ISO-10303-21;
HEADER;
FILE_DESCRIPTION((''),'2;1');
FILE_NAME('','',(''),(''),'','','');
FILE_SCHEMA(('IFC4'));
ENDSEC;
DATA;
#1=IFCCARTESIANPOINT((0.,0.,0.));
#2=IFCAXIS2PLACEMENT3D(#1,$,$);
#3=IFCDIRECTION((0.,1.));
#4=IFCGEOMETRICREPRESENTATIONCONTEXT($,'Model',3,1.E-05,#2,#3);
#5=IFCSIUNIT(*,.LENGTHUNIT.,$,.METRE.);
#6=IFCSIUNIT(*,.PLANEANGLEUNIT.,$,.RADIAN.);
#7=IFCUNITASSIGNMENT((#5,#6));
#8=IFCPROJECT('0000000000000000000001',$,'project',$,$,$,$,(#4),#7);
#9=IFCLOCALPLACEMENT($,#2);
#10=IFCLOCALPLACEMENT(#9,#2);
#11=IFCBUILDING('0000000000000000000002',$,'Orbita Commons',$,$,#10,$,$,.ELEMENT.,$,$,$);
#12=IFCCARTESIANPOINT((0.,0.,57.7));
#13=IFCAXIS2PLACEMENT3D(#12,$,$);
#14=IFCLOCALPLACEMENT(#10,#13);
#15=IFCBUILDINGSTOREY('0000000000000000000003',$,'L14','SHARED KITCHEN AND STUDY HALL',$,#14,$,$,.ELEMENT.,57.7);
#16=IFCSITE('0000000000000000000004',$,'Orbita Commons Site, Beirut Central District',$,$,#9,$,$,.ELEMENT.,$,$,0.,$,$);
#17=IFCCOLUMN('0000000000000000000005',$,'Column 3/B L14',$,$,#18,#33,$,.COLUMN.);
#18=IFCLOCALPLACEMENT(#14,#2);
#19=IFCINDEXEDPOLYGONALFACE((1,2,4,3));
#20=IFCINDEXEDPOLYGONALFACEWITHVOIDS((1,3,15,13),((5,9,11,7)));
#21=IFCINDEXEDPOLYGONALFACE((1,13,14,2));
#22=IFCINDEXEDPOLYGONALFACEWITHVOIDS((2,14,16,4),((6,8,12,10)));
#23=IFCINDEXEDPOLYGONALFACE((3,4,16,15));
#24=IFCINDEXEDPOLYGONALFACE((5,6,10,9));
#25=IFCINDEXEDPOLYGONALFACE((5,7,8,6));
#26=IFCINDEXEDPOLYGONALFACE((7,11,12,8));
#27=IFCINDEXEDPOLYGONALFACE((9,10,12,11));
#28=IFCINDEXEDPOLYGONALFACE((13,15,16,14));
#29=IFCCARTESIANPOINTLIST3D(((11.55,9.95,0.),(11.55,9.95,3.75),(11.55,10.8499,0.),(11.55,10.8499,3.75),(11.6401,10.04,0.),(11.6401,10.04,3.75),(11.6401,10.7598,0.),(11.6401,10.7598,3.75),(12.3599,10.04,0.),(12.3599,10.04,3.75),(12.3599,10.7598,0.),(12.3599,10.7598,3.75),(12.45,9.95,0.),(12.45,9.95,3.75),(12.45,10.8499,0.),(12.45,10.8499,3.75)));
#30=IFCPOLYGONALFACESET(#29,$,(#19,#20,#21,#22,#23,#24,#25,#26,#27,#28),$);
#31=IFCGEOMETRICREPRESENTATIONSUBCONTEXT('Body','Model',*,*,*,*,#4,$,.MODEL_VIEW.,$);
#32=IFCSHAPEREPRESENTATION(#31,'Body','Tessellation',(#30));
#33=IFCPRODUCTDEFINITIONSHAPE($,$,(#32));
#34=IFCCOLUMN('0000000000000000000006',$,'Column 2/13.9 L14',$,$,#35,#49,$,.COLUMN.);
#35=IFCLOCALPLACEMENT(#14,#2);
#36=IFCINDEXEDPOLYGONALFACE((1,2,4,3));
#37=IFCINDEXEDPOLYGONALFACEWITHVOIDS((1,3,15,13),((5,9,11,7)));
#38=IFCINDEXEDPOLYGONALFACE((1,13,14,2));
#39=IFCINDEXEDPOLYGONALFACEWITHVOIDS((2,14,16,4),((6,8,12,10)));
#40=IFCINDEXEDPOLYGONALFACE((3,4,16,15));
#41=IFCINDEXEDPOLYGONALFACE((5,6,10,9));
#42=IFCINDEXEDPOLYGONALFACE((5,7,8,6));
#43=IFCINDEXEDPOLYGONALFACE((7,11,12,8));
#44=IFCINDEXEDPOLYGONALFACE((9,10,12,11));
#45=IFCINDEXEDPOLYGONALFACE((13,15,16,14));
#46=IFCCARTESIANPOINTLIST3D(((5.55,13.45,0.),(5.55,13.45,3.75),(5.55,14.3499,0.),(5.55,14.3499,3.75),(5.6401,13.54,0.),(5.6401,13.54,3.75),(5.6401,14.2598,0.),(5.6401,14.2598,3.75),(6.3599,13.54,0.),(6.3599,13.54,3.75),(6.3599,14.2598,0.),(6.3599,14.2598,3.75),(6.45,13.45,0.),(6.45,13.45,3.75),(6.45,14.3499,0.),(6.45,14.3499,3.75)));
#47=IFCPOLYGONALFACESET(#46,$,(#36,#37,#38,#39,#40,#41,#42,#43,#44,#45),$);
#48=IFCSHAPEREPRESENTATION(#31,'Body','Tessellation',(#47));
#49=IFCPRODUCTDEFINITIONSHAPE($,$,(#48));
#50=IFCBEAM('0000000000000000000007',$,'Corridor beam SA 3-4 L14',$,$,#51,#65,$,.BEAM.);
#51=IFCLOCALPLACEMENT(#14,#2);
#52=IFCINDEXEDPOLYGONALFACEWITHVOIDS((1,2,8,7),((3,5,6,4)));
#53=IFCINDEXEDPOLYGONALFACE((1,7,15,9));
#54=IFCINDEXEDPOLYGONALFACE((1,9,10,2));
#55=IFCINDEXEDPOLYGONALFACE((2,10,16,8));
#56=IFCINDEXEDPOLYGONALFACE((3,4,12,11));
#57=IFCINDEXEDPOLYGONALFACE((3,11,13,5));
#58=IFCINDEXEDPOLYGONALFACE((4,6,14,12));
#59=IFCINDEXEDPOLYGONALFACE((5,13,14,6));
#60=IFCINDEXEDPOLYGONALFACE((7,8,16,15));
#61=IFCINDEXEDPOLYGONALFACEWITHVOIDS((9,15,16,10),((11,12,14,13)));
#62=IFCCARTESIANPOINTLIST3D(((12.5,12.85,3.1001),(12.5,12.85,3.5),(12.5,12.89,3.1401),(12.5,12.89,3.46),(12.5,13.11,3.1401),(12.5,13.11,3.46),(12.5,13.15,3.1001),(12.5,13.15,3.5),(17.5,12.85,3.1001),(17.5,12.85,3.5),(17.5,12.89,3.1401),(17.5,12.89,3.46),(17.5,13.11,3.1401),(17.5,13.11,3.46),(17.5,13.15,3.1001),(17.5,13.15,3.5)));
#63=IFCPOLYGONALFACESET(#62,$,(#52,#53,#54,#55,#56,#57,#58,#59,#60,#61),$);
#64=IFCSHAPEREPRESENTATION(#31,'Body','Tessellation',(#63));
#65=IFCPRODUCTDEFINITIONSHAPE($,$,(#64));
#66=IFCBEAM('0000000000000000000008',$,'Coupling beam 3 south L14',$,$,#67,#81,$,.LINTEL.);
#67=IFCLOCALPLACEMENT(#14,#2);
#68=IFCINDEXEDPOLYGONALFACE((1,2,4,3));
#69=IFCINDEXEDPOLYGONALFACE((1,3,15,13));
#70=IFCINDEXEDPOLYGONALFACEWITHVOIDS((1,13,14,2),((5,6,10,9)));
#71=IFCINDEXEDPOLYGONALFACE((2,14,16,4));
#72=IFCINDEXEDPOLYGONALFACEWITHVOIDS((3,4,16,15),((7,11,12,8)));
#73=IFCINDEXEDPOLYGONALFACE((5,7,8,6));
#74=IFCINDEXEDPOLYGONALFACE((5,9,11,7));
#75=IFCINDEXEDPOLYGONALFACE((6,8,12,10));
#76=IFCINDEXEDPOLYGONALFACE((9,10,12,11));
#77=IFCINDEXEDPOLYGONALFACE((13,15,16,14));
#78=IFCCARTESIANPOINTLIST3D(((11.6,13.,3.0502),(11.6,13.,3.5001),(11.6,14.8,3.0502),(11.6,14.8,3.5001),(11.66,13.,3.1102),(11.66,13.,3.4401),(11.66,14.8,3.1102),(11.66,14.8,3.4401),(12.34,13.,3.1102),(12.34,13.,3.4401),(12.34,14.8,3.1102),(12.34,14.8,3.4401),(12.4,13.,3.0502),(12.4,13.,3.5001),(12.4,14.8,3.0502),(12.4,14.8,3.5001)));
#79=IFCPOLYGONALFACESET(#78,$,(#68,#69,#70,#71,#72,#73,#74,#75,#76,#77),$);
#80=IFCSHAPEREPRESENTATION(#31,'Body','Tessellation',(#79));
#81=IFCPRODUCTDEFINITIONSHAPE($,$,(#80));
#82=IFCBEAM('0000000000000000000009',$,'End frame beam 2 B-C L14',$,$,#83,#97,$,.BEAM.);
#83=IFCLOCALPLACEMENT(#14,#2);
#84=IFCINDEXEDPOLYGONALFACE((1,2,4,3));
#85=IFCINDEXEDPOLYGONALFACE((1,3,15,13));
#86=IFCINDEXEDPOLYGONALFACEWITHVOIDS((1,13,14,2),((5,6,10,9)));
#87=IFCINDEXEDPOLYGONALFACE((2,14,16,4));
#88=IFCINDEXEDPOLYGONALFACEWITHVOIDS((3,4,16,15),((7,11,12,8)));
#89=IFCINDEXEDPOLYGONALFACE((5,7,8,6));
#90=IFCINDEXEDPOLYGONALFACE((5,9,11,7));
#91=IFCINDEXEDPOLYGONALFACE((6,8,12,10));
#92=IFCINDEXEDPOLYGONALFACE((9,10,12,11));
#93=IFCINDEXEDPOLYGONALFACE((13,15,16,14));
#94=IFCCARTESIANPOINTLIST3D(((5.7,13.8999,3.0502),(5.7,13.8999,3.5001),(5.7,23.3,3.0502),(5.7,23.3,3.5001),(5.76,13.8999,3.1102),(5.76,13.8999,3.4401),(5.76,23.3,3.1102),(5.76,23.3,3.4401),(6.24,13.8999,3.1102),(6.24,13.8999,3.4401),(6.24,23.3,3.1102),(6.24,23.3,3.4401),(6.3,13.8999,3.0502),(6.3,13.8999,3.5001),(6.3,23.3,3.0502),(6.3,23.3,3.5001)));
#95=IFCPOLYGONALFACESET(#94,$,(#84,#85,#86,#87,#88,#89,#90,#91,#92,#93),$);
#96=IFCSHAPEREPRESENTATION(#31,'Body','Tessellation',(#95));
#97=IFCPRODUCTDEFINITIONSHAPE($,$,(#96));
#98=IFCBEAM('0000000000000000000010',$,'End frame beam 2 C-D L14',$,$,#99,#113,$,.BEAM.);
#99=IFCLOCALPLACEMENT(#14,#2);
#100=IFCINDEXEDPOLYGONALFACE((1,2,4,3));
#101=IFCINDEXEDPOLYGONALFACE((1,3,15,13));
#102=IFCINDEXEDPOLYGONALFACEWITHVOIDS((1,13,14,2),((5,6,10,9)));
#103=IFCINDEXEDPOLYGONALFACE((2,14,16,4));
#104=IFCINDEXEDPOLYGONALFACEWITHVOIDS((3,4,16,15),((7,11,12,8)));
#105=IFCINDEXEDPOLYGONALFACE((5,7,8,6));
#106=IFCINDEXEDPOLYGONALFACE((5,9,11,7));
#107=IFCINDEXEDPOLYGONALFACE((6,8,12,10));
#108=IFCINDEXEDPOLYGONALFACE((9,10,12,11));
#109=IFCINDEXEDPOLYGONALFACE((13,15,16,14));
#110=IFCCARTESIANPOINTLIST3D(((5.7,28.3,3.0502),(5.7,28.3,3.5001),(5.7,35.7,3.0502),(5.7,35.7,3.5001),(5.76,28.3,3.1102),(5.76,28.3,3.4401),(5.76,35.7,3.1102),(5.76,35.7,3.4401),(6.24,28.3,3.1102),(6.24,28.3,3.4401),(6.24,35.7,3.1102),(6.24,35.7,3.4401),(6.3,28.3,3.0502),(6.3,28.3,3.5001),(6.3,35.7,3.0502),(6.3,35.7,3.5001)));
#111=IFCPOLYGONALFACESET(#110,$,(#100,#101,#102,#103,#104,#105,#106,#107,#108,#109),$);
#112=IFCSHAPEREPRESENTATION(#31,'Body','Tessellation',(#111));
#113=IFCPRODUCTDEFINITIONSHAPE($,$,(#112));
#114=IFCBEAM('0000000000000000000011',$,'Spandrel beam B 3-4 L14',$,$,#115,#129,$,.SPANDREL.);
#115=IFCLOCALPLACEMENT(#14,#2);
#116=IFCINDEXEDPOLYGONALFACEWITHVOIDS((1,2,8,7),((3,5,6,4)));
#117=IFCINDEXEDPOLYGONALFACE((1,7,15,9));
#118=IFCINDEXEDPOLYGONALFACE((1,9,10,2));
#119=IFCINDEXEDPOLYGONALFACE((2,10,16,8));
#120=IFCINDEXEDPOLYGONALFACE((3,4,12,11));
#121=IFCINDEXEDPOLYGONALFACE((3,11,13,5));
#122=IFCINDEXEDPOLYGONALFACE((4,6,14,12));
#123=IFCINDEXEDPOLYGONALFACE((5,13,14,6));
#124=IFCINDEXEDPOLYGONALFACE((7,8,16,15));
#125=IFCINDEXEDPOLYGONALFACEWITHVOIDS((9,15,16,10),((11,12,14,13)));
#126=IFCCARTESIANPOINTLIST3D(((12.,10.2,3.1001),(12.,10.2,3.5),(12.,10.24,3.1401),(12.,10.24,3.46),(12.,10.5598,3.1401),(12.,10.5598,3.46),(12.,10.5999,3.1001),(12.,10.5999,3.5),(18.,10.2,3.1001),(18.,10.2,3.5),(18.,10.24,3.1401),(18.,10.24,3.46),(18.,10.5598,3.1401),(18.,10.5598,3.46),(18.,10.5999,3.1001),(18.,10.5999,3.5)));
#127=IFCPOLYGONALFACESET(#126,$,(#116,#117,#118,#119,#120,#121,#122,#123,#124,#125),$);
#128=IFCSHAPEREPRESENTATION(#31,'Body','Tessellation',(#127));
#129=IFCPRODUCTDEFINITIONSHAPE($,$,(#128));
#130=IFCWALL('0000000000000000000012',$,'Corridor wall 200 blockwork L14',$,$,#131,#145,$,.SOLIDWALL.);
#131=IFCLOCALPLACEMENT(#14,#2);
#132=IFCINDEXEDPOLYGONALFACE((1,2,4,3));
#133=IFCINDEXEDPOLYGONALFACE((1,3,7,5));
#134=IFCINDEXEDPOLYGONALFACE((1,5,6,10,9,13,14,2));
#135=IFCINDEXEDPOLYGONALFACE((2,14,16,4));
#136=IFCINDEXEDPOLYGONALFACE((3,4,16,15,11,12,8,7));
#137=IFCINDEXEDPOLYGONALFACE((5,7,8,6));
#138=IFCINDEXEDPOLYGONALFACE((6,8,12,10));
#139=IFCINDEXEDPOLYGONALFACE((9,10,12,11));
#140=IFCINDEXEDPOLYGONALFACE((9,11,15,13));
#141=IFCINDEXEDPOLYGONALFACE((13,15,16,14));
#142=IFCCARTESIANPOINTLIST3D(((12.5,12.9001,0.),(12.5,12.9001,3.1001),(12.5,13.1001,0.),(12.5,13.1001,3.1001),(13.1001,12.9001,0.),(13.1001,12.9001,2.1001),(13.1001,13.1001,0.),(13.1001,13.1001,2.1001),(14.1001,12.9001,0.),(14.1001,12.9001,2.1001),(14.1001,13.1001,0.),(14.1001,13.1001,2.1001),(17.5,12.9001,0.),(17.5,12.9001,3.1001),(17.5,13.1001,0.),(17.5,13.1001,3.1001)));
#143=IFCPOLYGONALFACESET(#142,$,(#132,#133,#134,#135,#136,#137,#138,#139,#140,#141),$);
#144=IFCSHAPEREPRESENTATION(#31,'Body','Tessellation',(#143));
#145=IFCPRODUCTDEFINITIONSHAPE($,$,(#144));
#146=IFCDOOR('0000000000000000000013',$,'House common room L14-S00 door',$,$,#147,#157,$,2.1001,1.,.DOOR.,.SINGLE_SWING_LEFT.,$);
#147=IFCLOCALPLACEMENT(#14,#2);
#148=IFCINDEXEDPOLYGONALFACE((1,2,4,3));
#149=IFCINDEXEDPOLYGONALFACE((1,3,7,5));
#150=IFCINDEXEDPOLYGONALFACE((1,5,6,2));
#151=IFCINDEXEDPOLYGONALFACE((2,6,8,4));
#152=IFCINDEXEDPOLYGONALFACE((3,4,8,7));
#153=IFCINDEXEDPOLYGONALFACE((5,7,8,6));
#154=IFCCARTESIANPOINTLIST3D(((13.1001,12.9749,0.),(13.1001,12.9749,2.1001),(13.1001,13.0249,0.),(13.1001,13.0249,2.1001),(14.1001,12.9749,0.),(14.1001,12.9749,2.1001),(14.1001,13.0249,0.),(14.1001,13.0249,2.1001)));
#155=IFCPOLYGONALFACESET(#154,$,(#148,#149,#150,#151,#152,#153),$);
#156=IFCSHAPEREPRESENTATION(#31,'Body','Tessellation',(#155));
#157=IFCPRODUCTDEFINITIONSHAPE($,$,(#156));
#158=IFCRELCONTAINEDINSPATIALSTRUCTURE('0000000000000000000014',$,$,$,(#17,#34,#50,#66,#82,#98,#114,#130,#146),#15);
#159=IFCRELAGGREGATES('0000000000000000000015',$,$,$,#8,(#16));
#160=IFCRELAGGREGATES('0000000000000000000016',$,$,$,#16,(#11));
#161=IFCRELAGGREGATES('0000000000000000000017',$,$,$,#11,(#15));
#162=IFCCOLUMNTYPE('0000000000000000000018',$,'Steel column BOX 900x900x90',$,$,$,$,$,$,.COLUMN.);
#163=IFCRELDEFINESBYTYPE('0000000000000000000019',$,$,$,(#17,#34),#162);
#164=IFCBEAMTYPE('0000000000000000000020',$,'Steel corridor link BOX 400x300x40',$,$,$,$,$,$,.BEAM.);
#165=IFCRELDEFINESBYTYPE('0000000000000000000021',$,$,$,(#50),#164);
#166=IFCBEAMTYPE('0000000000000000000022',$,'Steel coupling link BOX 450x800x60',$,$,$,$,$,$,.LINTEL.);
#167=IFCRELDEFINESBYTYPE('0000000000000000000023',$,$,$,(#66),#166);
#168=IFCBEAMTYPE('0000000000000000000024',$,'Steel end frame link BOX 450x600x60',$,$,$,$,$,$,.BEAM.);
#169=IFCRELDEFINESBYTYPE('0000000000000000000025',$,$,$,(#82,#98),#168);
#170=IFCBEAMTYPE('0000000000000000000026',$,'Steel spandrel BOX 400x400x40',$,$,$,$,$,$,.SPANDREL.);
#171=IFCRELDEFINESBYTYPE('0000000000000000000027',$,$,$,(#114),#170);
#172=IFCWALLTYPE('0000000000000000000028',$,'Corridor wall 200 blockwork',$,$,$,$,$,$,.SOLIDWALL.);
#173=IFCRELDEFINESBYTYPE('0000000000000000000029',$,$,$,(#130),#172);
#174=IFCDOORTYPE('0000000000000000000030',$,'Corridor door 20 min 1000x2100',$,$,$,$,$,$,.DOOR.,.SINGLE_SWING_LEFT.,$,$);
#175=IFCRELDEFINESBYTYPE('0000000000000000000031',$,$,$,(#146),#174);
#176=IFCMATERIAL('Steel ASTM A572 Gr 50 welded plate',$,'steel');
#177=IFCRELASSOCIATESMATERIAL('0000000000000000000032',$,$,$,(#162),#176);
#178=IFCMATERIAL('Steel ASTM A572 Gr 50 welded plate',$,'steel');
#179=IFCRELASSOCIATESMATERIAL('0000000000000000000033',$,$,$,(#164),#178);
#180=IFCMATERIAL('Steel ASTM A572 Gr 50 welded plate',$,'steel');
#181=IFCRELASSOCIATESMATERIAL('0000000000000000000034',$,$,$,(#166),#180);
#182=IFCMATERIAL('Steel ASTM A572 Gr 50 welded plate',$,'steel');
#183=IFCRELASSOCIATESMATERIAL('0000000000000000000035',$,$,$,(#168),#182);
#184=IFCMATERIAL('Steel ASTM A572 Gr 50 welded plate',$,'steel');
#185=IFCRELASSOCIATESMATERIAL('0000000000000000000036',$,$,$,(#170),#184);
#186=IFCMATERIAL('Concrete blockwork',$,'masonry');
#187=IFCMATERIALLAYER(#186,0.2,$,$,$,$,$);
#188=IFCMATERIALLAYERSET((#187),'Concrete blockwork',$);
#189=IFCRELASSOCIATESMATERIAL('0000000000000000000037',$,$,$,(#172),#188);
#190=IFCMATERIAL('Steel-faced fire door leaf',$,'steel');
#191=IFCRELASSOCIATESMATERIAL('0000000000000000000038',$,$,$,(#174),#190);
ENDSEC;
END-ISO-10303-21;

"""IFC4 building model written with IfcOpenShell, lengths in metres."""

from ifc_helpers import new_model, si_unit, direction, frame, frame_2d, origin, origin_2d, place, context, subcontext, project, spatial, polyline, rectangle, hollow_rectangle, outline, extrude, material, layer, layer_set, material_profile, profile_set, type_object, element, fill, save


model = new_model("IFC4")

# Units and contexts
model_context = context("Model", 3, precision=1e-05, world=origin(), true_north=direction((0.0, 1.0)))
body_context = subcontext(model_context, "Body", "Model", "MODEL_VIEW")
ifc_project = project(units=[si_unit("LENGTHUNIT", "METRE"), si_unit("PLANEANGLEUNIT", "RADIAN")], contexts=[model_context])

# Site, building, storey
site_placement = place(None, origin())
site = spatial("IfcSite", under=ifc_project, at=site_placement, Name="Orbita Commons Site, Beirut Central District", CompositionType="ELEMENT", RefElevation=0.0)
building_placement = place(site_placement, origin())
building = spatial("IfcBuilding", under=site, at=building_placement, Name="Orbita Commons", CompositionType="ELEMENT")
storey_placement = place(building_placement, frame((0.0, 0.0, 57.7)))
storey = spatial("IfcBuildingStorey", under=building, at=storey_placement, Name="L14", Description="SHARED KITCHEN AND STUDY HALL", CompositionType="ELEMENT", Elevation=57.7)

# Columns
ifc_material_1 = material(Name="Steel ASTM A572 Gr 50 welded plate", Category="steel")
ifc_material_profile_1 = material_profile(ifc_material_1, hollow_rectangle(XDim=0.8999, YDim=0.8999, WallThickness=0.0901, at=origin_2d()), Name="BOX 900x900x90")
ifc_profile_set_1 = profile_set([ifc_material_profile_1], Name="Steel ASTM A572 Gr 50 welded plate")
column_type = type_object("IfcColumnType", Name="Steel column BOX 900x900x90", PredefinedType="COLUMN", material=ifc_profile_set_1)
for number, where, z_axis, x_axis, name in (
    (1, (12.0, 10.3999, 0.0), (0.0, 0.0, 1.0), (1.0, 0.0, 0.0), "Column 3/B L14"),
    (2, (6.0, 13.8999, 0.0), (0.0, 0.0, 1.0), (1.0, 0.0, 0.0), "Column 2/13.9 L14"),
):
    element("IfcColumn", number, at=place(storey_placement, frame(where, z_axis=z_axis, x_axis=x_axis)), inside=storey, type_object=column_type, Name=name, PredefinedType="COLUMN", context=body_context, shape_type="SweptSolid", body=[
        extrude(hollow_rectangle(XDim=0.8999, YDim=0.8999, WallThickness=0.0901, at=origin_2d()), origin(), (0.0, 0.0, 1.0), 3.75),
    ])

# Beams
ifc_material_2 = material(Name="Steel ASTM A572 Gr 50 welded plate", Category="steel")
ifc_material_profile_2 = material_profile(ifc_material_2, hollow_rectangle(XDim=0.3, YDim=0.3999, WallThickness=0.04, at=origin_2d()), Name="BOX 400x300x40")
ifc_profile_set_2 = profile_set([ifc_material_profile_2], Name="Steel ASTM A572 Gr 50 welded plate")
beam_type_1 = type_object("IfcBeamType", Name="Steel corridor link BOX 400x300x40", PredefinedType="BEAM", material=ifc_profile_set_2)
beam_1_placement = place(storey_placement, frame((12.5, 13.0, 3.3), z_axis=(1.0, 0.0, 0.0), x_axis=(0.0, 1.0, 0.0)))
element("IfcBeam", 3, at=beam_1_placement, inside=storey, type_object=beam_type_1, Name="Corridor beam SA 3-4 L14", PredefinedType="BEAM", context=body_context, shape_type="SweptSolid", body=[
    extrude(hollow_rectangle(XDim=0.3, YDim=0.3999, WallThickness=0.04, at=origin_2d()), origin(), (0.0, 0.0, 1.0), 5.0),
])
ifc_material_3 = material(Name="Steel ASTM A572 Gr 50 welded plate", Category="steel")
ifc_material_profile_3 = material_profile(ifc_material_3, hollow_rectangle(XDim=0.8, YDim=0.45, WallThickness=0.0601, at=origin_2d()), Name="BOX 450x800x60")
ifc_profile_set_3 = profile_set([ifc_material_profile_3], Name="Steel ASTM A572 Gr 50 welded plate")
beam_type_2 = type_object("IfcBeamType", Name="Steel coupling link BOX 450x800x60", PredefinedType="LINTEL", material=ifc_profile_set_3)
beam_2_placement = place(storey_placement, frame((12.0, 13.0, 3.2751), z_axis=(0.0, 1.0, 0.0), x_axis=(-1.0, 0.0, 0.0)))
element("IfcBeam", 4, at=beam_2_placement, inside=storey, type_object=beam_type_2, Name="Coupling beam 3 south L14", PredefinedType="LINTEL", context=body_context, shape_type="SweptSolid", body=[
    extrude(hollow_rectangle(XDim=0.8, YDim=0.45, WallThickness=0.0601, at=origin_2d()), origin(), (0.0, 0.0, 1.0), 1.8),
])
ifc_material_4 = material(Name="Steel ASTM A572 Gr 50 welded plate", Category="steel")
ifc_material_profile_4 = material_profile(ifc_material_4, hollow_rectangle(XDim=0.6001, YDim=0.45, WallThickness=0.0601, at=origin_2d()), Name="BOX 450x600x60")
ifc_profile_set_4 = profile_set([ifc_material_profile_4], Name="Steel ASTM A572 Gr 50 welded plate")
beam_type_3 = type_object("IfcBeamType", Name="Steel end frame link BOX 450x600x60", PredefinedType="BEAM", material=ifc_profile_set_4)
beam_3_placement = place(storey_placement, frame((6.0, 13.8999, 3.2751), z_axis=(0.0, 1.0, 0.0), x_axis=(-1.0, 0.0, 0.0)))
element("IfcBeam", 5, at=beam_3_placement, inside=storey, type_object=beam_type_3, Name="End frame beam 2 B-C L14", PredefinedType="BEAM", context=body_context, shape_type="SweptSolid", body=[
    extrude(hollow_rectangle(XDim=0.6001, YDim=0.45, WallThickness=0.0601, at=origin_2d()), origin(), (0.0, 0.0, 1.0), 9.4001),
])
beam_4_placement = place(storey_placement, frame((6.0, 28.3, 3.2751), z_axis=(0.0, 1.0, 0.0), x_axis=(-1.0, 0.0, 0.0)))
element("IfcBeam", 6, at=beam_4_placement, inside=storey, type_object=beam_type_3, Name="End frame beam 2 C-D L14", PredefinedType="BEAM", context=body_context, shape_type="SweptSolid", body=[
    extrude(hollow_rectangle(XDim=0.6001, YDim=0.45, WallThickness=0.0601, at=origin_2d()), origin(), (0.0, 0.0, 1.0), 7.3999),
])
ifc_material_5 = material(Name="Steel ASTM A572 Gr 50 welded plate", Category="steel")
ifc_material_profile_5 = material_profile(ifc_material_5, hollow_rectangle(XDim=0.3999, YDim=0.3999, WallThickness=0.04, at=origin_2d()), Name="BOX 400x400x40")
ifc_profile_set_5 = profile_set([ifc_material_profile_5], Name="Steel ASTM A572 Gr 50 welded plate")
beam_type_4 = type_object("IfcBeamType", Name="Steel spandrel BOX 400x400x40", PredefinedType="SPANDREL", material=ifc_profile_set_5)
beam_5_placement = place(storey_placement, frame((12.0, 10.3999, 3.3), z_axis=(1.0, 0.0, 0.0), x_axis=(0.0, 1.0, 0.0)))
element("IfcBeam", 7, at=beam_5_placement, inside=storey, type_object=beam_type_4, Name="Spandrel beam B 3-4 L14", PredefinedType="SPANDREL", context=body_context, shape_type="SweptSolid", body=[
    extrude(hollow_rectangle(XDim=0.3999, YDim=0.3999, WallThickness=0.04, at=origin_2d()), origin(), (0.0, 0.0, 1.0), 6.0),
])

# Wall, opening, door
ifc_material_6 = material(Name="Concrete blockwork", Category="masonry")
ifc_layer_1 = layer(ifc_material_6, 0.2)
ifc_layer_set_1 = layer_set([ifc_layer_1], Name="Concrete blockwork")
wall_type_1 = type_object("IfcWallType", Name="Corridor wall 200 blockwork", PredefinedType="SOLIDWALL", material=ifc_layer_set_1)
wall_1_placement = place(storey_placement, frame((12.5, 13.0, 0.0), z_axis=(0.0, 0.0, 1.0), x_axis=(1.0, 0.0, 0.0)))
wall_1 = element("IfcWall", 8, at=wall_1_placement, inside=storey, type_object=wall_type_1, Name="Corridor wall 200 blockwork L14", PredefinedType="SOLIDWALL", context=body_context, shape_type="SweptSolid", body=[
    extrude(outline(polyline([(0.0, 0.0), (5.0, 0.0), (5.0, 3.1001), (0.0, 3.1001), (0.0, 0.0)])), frame((0.0, 0.1001, 0.0), z_axis=(0.0, -1.0, 0.0), x_axis=(1.0, 0.0, 0.0)), (0.0, 0.0, 1.0), 0.2),
])
opening_1_placement = place(wall_1_placement, frame((0.6001, 0.0, 0.0)))
opening_1 = element("IfcOpeningElement", 9, at=opening_1_placement, cuts=wall_1, PredefinedType="OPENING", context=body_context, shape_type="SweptSolid", body=[
    extrude(rectangle(XDim=1.0, YDim=2.1001, at=frame_2d((0.5, 1.05))), frame((0.0, 0.1099, 0.0), z_axis=(0.0, -1.0, 0.0), x_axis=(1.0, 0.0, 0.0)), (0.0, 0.0, 1.0), 0.22),
])
ifc_material_7 = material(Name="Steel-faced fire door leaf", Category="steel")
door_type_1 = type_object("IfcDoorType", Name="Corridor door 20 min 1000x2100", OperationType="SINGLE_SWING_LEFT", PredefinedType="DOOR", material=ifc_material_7)
door_1_placement = place(opening_1_placement, origin())
door_1 = element("IfcDoor", 10, at=door_1_placement, inside=storey, type_object=door_type_1, Name="House common room L14-S00 door", OperationType="SINGLE_SWING_LEFT", OverallHeight=2.1001, OverallWidth=1.0, PredefinedType="DOOR", context=body_context, shape_type="SweptSolid", body=[
    extrude(rectangle(XDim=1.0, YDim=2.1001, at=frame_2d((0.5, 1.05))), frame((0.0, 0.0249, 0.0), z_axis=(0.0, -1.0, 0.0), x_axis=(1.0, 0.0, 0.0)), (0.0, 0.0, 1.0), 0.05),
])
fill(opening_1, door_1)

save(model, "model.ifc")
